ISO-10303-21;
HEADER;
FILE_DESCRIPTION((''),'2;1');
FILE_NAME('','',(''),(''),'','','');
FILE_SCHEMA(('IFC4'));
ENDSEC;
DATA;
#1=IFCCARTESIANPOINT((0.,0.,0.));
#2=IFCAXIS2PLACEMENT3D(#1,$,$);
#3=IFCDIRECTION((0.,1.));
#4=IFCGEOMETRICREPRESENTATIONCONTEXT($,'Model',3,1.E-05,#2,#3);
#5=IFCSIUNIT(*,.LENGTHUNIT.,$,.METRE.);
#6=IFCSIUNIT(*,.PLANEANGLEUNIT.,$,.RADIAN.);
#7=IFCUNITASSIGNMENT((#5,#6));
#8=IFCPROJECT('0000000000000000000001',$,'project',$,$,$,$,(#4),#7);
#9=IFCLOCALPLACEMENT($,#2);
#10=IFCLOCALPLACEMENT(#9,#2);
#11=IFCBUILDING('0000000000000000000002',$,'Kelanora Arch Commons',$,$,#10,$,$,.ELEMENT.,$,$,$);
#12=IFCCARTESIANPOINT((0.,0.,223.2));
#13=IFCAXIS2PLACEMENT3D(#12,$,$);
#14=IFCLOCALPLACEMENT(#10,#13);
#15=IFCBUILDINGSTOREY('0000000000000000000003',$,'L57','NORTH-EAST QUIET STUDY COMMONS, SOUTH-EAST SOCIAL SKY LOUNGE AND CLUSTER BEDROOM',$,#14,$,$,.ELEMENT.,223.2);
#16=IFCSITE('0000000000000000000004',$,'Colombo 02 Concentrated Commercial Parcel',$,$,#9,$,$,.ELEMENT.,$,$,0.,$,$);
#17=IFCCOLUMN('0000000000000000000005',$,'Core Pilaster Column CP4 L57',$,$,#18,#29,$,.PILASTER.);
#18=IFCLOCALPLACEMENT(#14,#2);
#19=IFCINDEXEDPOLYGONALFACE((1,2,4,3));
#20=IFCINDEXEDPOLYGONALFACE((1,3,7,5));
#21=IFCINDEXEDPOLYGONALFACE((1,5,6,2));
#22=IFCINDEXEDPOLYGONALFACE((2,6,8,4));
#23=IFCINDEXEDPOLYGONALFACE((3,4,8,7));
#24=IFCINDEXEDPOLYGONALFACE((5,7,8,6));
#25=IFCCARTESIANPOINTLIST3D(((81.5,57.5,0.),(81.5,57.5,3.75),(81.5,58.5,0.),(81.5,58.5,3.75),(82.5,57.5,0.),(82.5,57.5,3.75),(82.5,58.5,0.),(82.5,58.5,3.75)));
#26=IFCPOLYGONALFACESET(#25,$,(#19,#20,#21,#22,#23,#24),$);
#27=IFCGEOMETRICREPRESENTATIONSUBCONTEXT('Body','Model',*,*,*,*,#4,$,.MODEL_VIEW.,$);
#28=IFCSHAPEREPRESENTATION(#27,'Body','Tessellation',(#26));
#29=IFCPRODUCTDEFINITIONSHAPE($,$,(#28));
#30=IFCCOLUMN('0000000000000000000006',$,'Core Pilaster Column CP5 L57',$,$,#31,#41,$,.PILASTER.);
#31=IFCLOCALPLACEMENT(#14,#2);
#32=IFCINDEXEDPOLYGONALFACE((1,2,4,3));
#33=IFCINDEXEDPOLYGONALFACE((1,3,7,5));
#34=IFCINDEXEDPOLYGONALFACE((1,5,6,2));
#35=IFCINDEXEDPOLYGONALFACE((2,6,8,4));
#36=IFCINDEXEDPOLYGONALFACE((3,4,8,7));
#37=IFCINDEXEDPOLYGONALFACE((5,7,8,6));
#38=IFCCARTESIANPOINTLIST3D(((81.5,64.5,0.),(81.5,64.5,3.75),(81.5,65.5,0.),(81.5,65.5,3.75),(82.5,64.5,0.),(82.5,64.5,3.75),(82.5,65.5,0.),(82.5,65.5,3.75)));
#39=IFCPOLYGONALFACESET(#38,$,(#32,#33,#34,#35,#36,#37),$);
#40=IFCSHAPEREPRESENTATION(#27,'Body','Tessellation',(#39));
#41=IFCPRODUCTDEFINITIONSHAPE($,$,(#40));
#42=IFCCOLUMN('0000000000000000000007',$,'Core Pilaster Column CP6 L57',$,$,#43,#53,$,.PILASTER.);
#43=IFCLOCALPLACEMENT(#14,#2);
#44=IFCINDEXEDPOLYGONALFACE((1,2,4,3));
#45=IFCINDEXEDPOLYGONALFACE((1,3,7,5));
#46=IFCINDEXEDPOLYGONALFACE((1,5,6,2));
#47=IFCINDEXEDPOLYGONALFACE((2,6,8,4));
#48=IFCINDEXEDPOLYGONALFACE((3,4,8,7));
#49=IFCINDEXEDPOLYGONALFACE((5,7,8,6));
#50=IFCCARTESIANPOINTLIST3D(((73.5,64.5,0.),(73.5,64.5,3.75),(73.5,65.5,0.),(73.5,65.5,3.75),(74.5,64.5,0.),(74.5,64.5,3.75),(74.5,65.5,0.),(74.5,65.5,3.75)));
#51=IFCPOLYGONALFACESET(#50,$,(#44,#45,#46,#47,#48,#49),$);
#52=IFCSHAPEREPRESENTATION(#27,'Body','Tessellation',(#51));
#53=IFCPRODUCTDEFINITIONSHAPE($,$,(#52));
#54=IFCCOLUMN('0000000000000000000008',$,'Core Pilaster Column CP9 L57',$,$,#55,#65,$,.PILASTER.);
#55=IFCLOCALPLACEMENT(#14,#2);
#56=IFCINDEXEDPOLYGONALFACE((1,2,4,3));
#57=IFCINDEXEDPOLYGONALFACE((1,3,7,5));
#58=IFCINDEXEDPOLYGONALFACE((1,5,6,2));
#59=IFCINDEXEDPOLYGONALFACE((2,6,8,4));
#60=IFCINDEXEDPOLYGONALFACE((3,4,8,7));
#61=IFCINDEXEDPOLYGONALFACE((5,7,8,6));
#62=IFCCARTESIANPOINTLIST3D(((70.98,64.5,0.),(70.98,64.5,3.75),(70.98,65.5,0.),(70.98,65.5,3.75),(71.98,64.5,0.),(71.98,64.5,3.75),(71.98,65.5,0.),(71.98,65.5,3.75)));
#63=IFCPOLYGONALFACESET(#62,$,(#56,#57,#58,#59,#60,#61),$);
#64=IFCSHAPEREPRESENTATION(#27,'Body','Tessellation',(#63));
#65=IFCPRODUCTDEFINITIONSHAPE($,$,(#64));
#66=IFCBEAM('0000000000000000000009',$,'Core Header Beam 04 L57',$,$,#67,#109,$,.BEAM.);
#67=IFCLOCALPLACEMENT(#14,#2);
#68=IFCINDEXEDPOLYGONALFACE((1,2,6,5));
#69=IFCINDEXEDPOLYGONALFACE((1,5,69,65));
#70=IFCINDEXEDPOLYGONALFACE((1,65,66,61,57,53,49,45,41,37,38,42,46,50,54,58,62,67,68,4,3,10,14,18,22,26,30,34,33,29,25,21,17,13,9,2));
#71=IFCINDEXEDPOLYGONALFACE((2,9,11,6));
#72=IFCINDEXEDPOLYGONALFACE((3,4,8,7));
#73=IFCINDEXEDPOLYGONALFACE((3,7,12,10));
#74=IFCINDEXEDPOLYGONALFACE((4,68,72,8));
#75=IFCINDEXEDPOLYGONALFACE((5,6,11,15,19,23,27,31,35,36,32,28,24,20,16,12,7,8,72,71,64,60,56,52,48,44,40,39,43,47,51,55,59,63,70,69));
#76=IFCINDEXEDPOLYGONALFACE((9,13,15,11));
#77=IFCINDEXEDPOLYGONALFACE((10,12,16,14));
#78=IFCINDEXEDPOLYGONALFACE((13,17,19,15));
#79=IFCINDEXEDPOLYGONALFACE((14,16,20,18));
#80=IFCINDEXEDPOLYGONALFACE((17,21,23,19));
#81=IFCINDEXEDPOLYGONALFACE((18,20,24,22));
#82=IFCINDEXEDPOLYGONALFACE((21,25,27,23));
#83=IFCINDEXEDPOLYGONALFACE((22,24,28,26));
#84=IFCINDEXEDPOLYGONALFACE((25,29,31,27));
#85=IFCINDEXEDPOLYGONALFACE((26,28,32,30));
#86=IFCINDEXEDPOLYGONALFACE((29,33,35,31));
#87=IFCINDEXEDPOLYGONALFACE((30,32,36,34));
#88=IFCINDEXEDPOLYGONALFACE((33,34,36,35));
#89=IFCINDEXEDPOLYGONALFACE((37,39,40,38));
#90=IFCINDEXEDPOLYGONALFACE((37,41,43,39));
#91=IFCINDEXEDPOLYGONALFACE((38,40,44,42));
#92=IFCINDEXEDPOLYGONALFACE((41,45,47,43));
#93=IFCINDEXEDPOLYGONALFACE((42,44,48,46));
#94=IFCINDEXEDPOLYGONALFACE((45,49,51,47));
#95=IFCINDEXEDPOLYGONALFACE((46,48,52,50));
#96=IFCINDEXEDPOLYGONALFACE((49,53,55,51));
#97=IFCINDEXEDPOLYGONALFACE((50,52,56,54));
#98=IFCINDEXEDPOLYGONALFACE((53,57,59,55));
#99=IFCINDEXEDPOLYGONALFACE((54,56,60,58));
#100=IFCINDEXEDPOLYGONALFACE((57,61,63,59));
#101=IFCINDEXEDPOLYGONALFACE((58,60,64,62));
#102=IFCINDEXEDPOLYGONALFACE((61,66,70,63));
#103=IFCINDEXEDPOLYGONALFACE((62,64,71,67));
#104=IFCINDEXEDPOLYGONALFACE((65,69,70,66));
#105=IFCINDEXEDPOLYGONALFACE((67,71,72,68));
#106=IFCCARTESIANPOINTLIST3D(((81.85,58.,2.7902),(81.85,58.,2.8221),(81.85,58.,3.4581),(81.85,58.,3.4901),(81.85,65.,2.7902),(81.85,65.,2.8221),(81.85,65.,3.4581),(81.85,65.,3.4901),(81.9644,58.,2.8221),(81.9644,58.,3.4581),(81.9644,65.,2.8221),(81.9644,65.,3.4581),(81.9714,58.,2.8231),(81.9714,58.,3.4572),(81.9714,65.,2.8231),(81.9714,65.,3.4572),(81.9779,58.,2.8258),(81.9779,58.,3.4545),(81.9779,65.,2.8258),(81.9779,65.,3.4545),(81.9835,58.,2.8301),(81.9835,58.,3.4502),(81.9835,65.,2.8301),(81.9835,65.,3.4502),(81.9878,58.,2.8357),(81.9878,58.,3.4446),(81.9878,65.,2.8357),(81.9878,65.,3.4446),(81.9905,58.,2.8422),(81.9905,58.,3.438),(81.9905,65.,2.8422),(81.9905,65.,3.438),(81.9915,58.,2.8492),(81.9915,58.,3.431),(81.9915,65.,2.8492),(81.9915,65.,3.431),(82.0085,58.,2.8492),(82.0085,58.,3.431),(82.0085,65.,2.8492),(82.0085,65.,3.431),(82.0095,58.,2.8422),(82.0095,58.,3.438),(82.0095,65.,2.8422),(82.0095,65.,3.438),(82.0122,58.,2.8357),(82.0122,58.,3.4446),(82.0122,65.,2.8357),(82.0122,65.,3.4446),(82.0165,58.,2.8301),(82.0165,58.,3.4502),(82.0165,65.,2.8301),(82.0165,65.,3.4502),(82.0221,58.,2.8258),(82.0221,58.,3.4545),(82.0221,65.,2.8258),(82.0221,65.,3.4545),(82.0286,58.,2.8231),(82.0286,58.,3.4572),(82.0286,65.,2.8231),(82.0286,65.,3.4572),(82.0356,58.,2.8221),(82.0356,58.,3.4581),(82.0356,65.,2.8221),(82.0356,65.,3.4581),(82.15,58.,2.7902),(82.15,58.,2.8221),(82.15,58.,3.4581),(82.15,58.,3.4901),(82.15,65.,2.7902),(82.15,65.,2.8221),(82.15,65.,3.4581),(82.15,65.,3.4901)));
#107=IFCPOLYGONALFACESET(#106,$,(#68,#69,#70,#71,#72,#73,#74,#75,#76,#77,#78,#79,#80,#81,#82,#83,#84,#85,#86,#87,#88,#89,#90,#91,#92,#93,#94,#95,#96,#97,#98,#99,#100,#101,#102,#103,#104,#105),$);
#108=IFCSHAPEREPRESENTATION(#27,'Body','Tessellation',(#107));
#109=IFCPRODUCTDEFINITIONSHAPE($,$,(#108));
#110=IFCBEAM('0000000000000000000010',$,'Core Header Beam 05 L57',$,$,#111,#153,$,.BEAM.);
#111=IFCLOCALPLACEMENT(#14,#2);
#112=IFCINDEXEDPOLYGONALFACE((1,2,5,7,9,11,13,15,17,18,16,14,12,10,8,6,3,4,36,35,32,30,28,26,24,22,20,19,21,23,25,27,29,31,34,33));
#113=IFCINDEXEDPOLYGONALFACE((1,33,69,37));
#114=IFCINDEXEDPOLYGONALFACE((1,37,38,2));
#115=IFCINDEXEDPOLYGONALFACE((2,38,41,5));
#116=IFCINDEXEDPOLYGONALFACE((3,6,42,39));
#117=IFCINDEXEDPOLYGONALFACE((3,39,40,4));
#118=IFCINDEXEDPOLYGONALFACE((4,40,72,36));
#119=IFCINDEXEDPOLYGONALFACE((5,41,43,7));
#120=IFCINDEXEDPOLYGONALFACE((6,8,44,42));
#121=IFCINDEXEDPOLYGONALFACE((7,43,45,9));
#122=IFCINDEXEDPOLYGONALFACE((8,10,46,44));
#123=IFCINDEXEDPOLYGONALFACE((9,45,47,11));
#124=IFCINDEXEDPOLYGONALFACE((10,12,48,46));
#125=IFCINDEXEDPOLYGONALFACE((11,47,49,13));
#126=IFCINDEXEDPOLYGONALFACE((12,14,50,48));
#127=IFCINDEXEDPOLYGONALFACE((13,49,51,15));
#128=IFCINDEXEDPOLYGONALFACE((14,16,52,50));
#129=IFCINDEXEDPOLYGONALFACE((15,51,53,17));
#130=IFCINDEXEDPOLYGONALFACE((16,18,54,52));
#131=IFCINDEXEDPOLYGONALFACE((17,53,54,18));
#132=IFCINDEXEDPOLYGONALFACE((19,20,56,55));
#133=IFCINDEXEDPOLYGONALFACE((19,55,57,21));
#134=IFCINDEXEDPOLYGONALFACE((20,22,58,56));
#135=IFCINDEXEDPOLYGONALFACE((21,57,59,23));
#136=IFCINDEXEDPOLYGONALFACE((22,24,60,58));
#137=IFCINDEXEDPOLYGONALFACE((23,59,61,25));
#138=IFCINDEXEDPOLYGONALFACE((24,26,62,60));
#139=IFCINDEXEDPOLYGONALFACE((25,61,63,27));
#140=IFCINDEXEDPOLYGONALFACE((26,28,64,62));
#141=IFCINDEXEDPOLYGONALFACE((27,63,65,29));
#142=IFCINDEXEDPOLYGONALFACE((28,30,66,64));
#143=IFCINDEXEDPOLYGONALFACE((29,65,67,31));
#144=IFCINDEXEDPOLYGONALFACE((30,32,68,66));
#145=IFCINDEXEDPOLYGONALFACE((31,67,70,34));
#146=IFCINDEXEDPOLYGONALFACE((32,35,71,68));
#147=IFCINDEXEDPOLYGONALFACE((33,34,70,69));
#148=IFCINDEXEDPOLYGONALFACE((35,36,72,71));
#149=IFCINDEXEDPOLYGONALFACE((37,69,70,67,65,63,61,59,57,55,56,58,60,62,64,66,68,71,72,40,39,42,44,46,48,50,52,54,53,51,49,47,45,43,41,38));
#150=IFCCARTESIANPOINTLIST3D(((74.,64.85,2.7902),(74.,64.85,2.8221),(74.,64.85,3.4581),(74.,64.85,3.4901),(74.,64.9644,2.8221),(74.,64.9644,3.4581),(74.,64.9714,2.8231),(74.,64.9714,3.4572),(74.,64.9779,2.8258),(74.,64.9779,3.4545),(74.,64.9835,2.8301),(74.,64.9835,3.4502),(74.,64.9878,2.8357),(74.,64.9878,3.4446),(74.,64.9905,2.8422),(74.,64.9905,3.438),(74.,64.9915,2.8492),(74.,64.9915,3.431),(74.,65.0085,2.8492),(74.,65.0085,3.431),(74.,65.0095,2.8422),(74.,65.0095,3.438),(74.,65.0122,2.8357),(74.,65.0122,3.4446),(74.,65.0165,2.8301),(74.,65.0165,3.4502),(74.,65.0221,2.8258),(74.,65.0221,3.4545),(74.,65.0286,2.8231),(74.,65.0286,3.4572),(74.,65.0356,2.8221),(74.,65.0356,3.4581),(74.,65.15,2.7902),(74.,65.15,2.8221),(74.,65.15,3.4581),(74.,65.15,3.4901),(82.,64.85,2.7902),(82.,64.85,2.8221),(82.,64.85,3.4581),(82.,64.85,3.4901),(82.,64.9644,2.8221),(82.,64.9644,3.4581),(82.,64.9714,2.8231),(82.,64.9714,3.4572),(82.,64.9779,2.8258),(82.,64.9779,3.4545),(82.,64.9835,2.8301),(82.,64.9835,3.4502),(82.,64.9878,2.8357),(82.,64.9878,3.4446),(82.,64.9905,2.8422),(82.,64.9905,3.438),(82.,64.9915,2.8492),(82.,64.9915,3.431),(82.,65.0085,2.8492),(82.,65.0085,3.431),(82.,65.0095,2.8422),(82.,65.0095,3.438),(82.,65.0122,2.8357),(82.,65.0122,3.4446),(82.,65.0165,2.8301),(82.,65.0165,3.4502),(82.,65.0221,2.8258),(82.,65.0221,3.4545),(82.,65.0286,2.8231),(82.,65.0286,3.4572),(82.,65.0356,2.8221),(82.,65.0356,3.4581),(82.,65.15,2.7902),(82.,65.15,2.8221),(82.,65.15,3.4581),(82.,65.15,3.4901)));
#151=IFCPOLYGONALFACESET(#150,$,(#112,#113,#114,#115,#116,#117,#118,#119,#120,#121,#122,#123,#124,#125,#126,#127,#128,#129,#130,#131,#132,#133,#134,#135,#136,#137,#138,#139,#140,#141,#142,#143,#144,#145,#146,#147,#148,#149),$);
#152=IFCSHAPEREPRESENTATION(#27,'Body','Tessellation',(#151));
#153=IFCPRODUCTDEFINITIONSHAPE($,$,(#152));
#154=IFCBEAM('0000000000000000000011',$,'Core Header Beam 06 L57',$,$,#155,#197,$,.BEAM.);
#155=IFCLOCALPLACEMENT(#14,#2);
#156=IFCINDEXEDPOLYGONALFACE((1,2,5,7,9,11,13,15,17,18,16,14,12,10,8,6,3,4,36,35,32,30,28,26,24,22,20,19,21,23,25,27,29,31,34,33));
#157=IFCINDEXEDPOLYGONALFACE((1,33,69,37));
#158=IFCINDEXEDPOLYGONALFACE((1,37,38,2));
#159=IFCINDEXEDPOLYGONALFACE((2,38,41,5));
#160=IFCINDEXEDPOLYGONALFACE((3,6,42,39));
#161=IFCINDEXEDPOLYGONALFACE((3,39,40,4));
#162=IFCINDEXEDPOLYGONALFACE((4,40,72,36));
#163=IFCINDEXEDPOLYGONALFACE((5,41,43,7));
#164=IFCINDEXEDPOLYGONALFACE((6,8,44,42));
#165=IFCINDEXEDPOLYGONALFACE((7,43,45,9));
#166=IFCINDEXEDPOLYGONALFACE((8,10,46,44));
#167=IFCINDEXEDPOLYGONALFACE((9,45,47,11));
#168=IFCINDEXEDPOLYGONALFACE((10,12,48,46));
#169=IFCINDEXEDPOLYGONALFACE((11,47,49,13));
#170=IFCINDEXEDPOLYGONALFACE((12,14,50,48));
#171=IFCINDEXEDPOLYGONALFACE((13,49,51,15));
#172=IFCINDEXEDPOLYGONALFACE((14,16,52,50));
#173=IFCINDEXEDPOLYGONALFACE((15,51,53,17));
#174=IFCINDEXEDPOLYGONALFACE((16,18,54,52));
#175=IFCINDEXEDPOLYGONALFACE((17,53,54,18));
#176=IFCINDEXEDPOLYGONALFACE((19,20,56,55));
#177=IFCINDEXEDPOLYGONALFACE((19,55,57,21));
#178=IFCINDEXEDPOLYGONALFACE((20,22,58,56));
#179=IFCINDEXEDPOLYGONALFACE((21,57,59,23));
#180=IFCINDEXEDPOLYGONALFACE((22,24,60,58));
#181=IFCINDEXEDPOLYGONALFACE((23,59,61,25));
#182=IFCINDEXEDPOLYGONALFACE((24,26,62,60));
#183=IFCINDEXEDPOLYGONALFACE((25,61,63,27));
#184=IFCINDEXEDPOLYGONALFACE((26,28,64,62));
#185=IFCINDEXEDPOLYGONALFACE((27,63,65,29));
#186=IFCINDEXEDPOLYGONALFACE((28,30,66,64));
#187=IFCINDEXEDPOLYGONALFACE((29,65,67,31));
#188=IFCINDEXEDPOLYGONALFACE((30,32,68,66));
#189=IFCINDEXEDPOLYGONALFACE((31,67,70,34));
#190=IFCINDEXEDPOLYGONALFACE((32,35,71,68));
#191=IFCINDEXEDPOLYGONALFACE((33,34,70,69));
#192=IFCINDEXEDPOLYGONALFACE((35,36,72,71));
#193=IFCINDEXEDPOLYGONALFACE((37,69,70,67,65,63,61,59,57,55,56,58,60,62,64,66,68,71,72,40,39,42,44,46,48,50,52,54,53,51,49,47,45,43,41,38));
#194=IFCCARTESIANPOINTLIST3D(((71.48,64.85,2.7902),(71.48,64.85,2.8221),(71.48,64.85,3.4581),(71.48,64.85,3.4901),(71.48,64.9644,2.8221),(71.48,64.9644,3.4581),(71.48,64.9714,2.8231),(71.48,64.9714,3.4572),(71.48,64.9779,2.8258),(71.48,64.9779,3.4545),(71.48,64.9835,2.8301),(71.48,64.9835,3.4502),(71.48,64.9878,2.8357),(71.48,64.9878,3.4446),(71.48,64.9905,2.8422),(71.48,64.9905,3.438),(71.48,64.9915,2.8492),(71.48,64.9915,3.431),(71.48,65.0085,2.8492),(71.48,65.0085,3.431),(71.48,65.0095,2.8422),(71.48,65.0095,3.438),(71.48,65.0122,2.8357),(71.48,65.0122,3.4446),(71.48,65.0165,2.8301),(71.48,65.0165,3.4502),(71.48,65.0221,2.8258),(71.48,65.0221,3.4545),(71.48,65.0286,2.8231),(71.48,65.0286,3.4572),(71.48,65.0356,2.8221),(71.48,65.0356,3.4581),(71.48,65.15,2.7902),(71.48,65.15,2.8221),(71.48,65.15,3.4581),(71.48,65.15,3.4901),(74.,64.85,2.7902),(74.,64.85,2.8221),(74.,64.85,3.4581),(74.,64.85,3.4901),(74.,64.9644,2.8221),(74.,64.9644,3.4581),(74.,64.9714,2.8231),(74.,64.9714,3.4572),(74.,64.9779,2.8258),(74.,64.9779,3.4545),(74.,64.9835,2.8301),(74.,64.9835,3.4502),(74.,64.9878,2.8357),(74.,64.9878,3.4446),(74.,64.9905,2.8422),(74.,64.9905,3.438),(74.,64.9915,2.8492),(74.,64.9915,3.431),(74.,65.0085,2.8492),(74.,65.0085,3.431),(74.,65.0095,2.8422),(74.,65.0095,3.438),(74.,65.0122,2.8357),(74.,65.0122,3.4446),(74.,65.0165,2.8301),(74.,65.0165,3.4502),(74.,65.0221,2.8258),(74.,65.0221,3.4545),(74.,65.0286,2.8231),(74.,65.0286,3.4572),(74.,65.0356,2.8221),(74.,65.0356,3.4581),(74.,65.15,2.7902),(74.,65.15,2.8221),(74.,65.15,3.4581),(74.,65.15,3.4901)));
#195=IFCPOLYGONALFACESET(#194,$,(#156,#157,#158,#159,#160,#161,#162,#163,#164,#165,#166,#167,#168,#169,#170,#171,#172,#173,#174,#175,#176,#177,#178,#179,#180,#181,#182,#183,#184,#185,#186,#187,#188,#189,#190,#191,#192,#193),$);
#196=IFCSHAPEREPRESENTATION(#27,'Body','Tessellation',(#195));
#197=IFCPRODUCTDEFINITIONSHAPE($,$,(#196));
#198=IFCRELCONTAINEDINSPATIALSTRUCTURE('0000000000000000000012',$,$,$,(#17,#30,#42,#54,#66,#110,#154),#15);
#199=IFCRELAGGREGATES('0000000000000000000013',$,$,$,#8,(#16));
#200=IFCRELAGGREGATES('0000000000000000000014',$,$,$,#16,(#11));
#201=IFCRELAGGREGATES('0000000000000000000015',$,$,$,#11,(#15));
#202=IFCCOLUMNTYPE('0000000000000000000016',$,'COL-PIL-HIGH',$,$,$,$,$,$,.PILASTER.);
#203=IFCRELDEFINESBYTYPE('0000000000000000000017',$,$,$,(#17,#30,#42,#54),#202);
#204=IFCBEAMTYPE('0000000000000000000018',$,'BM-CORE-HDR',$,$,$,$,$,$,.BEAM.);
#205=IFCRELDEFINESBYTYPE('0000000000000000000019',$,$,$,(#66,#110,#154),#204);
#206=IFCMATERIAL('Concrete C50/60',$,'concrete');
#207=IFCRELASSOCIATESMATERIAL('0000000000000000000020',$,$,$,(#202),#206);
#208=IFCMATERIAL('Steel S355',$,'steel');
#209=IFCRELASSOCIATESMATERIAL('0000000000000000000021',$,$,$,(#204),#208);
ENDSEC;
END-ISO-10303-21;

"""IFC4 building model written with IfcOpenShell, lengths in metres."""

from ifc_helpers import new_model, si_unit, direction, frame, origin, origin_2d, place, context, subcontext, project, spatial, rectangle, i_section, extrude, material, material_profile, profile_set, type_object, element, save


model = new_model("IFC4")

# Units and contexts
model_context = context("Model", 3, precision=1e-05, world=origin(), true_north=direction((0.0, 1.0)))
body_context = subcontext(model_context, "Body", "Model", "MODEL_VIEW")
ifc_project = project(units=[si_unit("LENGTHUNIT", "METRE"), si_unit("PLANEANGLEUNIT", "RADIAN")], contexts=[model_context])

# Site, building, storey
site_placement = place(None, origin())
site = spatial("IfcSite", under=ifc_project, at=site_placement, Name="Colombo 02 Concentrated Commercial Parcel", CompositionType="ELEMENT", RefElevation=0.0)
building_placement = place(site_placement, origin())
building = spatial("IfcBuilding", under=site, at=building_placement, Name="Kelanora Arch Commons", CompositionType="ELEMENT")
storey_placement = place(building_placement, frame((0.0, 0.0, 223.2)))
storey = spatial("IfcBuildingStorey", under=building, at=storey_placement, Name="L57", Description="NORTH-EAST QUIET STUDY COMMONS, SOUTH-EAST SOCIAL SKY LOUNGE AND CLUSTER BEDROOM", CompositionType="ELEMENT", Elevation=223.2)

# Columns
ifc_material_1 = material(Name="Concrete C50/60", Category="concrete")
ifc_material_profile_1 = material_profile(ifc_material_1, rectangle(XDim=1.0, YDim=1.0, at=origin_2d()), Name="RC1000x1000")
ifc_profile_set_1 = profile_set([ifc_material_profile_1], Name="Concrete C50/60")
column_type = type_object("IfcColumnType", Name="COL-PIL-HIGH", PredefinedType="PILASTER", material=ifc_profile_set_1)
for number, where, z_axis, x_axis, name in (
    (1, (82.0, 58.0, 0.0), (0.0, 0.0, 1.0), (1.0, 0.0, 0.0), "Core Pilaster Column CP4 L57"),
    (2, (82.0, 65.0, 0.0), (0.0, 0.0, 1.0), (1.0, 0.0, 0.0), "Core Pilaster Column CP5 L57"),
    (3, (74.0, 65.0, 0.0), (0.0, 0.0, 1.0), (1.0, 0.0, 0.0), "Core Pilaster Column CP6 L57"),
    (4, (71.48, 65.0, 0.0), (0.0, 0.0, 1.0), (1.0, 0.0, 0.0), "Core Pilaster Column CP9 L57"),
):
    element("IfcColumn", number, at=place(storey_placement, frame(where, z_axis=z_axis, x_axis=x_axis)), inside=storey, type_object=column_type, Name=name, PredefinedType="PILASTER", context=body_context, shape_type="SweptSolid", body=[
        extrude(rectangle(XDim=1.0, YDim=1.0, at=origin_2d()), origin(), (0.0, 0.0, 1.0), 3.75),
    ])

# Beams
ifc_material_2 = material(Name="Steel S355", Category="steel")
ifc_material_profile_2 = material_profile(ifc_material_2, i_section(OverallWidth=0.3, OverallDepth=0.7, WebThickness=0.0171, FlangeThickness=0.032, FilletRadius=0.0271, at=origin_2d()), Name="HEB700")
ifc_profile_set_2 = profile_set([ifc_material_profile_2], Name="Steel S355")
beam_type_1 = type_object("IfcBeamType", Name="BM-CORE-HDR", PredefinedType="BEAM", material=ifc_profile_set_2)
beam_1_placement = place(storey_placement, frame((82.0, 58.0, 3.1401), z_axis=(0.0, 1.0, 0.0), x_axis=(-1.0, 0.0, 0.0)))
element("IfcBeam", 5, at=beam_1_placement, inside=storey, type_object=beam_type_1, Name="Core Header Beam 04 L57", PredefinedType="BEAM", context=body_context, shape_type="SweptSolid", body=[
    extrude(i_section(OverallWidth=0.3, OverallDepth=0.7, WebThickness=0.0171, FlangeThickness=0.032, FilletRadius=0.0271, at=origin_2d()), origin(), (0.0, 0.0, 1.0), 7.0),
])
beam_2_placement = place(storey_placement, frame((82.0, 65.0, 3.1401), z_axis=(-1.0, 0.0, 0.0), x_axis=(0.0, -1.0, 0.0)))
element("IfcBeam", 6, at=beam_2_placement, inside=storey, type_object=beam_type_1, Name="Core Header Beam 05 L57", PredefinedType="BEAM", context=body_context, shape_type="SweptSolid", body=[
    extrude(i_section(OverallWidth=0.3, OverallDepth=0.7, WebThickness=0.0171, FlangeThickness=0.032, FilletRadius=0.0271, at=origin_2d()), origin(), (0.0, 0.0, 1.0), 8.0),
])
beam_3_placement = place(storey_placement, frame((74.0, 65.0, 3.1401), z_axis=(-1.0, 0.0, 0.0), x_axis=(0.0, -1.0, 0.0)))
element("IfcBeam", 7, at=beam_3_placement, inside=storey, type_object=beam_type_1, Name="Core Header Beam 06 L57", PredefinedType="BEAM", context=body_context, shape_type="SweptSolid", body=[
    extrude(i_section(OverallWidth=0.3, OverallDepth=0.7, WebThickness=0.0171, FlangeThickness=0.032, FilletRadius=0.0271, at=origin_2d()), origin(), (0.0, 0.0, 1.0), 2.52),
])

save(model, "model.ifc")
